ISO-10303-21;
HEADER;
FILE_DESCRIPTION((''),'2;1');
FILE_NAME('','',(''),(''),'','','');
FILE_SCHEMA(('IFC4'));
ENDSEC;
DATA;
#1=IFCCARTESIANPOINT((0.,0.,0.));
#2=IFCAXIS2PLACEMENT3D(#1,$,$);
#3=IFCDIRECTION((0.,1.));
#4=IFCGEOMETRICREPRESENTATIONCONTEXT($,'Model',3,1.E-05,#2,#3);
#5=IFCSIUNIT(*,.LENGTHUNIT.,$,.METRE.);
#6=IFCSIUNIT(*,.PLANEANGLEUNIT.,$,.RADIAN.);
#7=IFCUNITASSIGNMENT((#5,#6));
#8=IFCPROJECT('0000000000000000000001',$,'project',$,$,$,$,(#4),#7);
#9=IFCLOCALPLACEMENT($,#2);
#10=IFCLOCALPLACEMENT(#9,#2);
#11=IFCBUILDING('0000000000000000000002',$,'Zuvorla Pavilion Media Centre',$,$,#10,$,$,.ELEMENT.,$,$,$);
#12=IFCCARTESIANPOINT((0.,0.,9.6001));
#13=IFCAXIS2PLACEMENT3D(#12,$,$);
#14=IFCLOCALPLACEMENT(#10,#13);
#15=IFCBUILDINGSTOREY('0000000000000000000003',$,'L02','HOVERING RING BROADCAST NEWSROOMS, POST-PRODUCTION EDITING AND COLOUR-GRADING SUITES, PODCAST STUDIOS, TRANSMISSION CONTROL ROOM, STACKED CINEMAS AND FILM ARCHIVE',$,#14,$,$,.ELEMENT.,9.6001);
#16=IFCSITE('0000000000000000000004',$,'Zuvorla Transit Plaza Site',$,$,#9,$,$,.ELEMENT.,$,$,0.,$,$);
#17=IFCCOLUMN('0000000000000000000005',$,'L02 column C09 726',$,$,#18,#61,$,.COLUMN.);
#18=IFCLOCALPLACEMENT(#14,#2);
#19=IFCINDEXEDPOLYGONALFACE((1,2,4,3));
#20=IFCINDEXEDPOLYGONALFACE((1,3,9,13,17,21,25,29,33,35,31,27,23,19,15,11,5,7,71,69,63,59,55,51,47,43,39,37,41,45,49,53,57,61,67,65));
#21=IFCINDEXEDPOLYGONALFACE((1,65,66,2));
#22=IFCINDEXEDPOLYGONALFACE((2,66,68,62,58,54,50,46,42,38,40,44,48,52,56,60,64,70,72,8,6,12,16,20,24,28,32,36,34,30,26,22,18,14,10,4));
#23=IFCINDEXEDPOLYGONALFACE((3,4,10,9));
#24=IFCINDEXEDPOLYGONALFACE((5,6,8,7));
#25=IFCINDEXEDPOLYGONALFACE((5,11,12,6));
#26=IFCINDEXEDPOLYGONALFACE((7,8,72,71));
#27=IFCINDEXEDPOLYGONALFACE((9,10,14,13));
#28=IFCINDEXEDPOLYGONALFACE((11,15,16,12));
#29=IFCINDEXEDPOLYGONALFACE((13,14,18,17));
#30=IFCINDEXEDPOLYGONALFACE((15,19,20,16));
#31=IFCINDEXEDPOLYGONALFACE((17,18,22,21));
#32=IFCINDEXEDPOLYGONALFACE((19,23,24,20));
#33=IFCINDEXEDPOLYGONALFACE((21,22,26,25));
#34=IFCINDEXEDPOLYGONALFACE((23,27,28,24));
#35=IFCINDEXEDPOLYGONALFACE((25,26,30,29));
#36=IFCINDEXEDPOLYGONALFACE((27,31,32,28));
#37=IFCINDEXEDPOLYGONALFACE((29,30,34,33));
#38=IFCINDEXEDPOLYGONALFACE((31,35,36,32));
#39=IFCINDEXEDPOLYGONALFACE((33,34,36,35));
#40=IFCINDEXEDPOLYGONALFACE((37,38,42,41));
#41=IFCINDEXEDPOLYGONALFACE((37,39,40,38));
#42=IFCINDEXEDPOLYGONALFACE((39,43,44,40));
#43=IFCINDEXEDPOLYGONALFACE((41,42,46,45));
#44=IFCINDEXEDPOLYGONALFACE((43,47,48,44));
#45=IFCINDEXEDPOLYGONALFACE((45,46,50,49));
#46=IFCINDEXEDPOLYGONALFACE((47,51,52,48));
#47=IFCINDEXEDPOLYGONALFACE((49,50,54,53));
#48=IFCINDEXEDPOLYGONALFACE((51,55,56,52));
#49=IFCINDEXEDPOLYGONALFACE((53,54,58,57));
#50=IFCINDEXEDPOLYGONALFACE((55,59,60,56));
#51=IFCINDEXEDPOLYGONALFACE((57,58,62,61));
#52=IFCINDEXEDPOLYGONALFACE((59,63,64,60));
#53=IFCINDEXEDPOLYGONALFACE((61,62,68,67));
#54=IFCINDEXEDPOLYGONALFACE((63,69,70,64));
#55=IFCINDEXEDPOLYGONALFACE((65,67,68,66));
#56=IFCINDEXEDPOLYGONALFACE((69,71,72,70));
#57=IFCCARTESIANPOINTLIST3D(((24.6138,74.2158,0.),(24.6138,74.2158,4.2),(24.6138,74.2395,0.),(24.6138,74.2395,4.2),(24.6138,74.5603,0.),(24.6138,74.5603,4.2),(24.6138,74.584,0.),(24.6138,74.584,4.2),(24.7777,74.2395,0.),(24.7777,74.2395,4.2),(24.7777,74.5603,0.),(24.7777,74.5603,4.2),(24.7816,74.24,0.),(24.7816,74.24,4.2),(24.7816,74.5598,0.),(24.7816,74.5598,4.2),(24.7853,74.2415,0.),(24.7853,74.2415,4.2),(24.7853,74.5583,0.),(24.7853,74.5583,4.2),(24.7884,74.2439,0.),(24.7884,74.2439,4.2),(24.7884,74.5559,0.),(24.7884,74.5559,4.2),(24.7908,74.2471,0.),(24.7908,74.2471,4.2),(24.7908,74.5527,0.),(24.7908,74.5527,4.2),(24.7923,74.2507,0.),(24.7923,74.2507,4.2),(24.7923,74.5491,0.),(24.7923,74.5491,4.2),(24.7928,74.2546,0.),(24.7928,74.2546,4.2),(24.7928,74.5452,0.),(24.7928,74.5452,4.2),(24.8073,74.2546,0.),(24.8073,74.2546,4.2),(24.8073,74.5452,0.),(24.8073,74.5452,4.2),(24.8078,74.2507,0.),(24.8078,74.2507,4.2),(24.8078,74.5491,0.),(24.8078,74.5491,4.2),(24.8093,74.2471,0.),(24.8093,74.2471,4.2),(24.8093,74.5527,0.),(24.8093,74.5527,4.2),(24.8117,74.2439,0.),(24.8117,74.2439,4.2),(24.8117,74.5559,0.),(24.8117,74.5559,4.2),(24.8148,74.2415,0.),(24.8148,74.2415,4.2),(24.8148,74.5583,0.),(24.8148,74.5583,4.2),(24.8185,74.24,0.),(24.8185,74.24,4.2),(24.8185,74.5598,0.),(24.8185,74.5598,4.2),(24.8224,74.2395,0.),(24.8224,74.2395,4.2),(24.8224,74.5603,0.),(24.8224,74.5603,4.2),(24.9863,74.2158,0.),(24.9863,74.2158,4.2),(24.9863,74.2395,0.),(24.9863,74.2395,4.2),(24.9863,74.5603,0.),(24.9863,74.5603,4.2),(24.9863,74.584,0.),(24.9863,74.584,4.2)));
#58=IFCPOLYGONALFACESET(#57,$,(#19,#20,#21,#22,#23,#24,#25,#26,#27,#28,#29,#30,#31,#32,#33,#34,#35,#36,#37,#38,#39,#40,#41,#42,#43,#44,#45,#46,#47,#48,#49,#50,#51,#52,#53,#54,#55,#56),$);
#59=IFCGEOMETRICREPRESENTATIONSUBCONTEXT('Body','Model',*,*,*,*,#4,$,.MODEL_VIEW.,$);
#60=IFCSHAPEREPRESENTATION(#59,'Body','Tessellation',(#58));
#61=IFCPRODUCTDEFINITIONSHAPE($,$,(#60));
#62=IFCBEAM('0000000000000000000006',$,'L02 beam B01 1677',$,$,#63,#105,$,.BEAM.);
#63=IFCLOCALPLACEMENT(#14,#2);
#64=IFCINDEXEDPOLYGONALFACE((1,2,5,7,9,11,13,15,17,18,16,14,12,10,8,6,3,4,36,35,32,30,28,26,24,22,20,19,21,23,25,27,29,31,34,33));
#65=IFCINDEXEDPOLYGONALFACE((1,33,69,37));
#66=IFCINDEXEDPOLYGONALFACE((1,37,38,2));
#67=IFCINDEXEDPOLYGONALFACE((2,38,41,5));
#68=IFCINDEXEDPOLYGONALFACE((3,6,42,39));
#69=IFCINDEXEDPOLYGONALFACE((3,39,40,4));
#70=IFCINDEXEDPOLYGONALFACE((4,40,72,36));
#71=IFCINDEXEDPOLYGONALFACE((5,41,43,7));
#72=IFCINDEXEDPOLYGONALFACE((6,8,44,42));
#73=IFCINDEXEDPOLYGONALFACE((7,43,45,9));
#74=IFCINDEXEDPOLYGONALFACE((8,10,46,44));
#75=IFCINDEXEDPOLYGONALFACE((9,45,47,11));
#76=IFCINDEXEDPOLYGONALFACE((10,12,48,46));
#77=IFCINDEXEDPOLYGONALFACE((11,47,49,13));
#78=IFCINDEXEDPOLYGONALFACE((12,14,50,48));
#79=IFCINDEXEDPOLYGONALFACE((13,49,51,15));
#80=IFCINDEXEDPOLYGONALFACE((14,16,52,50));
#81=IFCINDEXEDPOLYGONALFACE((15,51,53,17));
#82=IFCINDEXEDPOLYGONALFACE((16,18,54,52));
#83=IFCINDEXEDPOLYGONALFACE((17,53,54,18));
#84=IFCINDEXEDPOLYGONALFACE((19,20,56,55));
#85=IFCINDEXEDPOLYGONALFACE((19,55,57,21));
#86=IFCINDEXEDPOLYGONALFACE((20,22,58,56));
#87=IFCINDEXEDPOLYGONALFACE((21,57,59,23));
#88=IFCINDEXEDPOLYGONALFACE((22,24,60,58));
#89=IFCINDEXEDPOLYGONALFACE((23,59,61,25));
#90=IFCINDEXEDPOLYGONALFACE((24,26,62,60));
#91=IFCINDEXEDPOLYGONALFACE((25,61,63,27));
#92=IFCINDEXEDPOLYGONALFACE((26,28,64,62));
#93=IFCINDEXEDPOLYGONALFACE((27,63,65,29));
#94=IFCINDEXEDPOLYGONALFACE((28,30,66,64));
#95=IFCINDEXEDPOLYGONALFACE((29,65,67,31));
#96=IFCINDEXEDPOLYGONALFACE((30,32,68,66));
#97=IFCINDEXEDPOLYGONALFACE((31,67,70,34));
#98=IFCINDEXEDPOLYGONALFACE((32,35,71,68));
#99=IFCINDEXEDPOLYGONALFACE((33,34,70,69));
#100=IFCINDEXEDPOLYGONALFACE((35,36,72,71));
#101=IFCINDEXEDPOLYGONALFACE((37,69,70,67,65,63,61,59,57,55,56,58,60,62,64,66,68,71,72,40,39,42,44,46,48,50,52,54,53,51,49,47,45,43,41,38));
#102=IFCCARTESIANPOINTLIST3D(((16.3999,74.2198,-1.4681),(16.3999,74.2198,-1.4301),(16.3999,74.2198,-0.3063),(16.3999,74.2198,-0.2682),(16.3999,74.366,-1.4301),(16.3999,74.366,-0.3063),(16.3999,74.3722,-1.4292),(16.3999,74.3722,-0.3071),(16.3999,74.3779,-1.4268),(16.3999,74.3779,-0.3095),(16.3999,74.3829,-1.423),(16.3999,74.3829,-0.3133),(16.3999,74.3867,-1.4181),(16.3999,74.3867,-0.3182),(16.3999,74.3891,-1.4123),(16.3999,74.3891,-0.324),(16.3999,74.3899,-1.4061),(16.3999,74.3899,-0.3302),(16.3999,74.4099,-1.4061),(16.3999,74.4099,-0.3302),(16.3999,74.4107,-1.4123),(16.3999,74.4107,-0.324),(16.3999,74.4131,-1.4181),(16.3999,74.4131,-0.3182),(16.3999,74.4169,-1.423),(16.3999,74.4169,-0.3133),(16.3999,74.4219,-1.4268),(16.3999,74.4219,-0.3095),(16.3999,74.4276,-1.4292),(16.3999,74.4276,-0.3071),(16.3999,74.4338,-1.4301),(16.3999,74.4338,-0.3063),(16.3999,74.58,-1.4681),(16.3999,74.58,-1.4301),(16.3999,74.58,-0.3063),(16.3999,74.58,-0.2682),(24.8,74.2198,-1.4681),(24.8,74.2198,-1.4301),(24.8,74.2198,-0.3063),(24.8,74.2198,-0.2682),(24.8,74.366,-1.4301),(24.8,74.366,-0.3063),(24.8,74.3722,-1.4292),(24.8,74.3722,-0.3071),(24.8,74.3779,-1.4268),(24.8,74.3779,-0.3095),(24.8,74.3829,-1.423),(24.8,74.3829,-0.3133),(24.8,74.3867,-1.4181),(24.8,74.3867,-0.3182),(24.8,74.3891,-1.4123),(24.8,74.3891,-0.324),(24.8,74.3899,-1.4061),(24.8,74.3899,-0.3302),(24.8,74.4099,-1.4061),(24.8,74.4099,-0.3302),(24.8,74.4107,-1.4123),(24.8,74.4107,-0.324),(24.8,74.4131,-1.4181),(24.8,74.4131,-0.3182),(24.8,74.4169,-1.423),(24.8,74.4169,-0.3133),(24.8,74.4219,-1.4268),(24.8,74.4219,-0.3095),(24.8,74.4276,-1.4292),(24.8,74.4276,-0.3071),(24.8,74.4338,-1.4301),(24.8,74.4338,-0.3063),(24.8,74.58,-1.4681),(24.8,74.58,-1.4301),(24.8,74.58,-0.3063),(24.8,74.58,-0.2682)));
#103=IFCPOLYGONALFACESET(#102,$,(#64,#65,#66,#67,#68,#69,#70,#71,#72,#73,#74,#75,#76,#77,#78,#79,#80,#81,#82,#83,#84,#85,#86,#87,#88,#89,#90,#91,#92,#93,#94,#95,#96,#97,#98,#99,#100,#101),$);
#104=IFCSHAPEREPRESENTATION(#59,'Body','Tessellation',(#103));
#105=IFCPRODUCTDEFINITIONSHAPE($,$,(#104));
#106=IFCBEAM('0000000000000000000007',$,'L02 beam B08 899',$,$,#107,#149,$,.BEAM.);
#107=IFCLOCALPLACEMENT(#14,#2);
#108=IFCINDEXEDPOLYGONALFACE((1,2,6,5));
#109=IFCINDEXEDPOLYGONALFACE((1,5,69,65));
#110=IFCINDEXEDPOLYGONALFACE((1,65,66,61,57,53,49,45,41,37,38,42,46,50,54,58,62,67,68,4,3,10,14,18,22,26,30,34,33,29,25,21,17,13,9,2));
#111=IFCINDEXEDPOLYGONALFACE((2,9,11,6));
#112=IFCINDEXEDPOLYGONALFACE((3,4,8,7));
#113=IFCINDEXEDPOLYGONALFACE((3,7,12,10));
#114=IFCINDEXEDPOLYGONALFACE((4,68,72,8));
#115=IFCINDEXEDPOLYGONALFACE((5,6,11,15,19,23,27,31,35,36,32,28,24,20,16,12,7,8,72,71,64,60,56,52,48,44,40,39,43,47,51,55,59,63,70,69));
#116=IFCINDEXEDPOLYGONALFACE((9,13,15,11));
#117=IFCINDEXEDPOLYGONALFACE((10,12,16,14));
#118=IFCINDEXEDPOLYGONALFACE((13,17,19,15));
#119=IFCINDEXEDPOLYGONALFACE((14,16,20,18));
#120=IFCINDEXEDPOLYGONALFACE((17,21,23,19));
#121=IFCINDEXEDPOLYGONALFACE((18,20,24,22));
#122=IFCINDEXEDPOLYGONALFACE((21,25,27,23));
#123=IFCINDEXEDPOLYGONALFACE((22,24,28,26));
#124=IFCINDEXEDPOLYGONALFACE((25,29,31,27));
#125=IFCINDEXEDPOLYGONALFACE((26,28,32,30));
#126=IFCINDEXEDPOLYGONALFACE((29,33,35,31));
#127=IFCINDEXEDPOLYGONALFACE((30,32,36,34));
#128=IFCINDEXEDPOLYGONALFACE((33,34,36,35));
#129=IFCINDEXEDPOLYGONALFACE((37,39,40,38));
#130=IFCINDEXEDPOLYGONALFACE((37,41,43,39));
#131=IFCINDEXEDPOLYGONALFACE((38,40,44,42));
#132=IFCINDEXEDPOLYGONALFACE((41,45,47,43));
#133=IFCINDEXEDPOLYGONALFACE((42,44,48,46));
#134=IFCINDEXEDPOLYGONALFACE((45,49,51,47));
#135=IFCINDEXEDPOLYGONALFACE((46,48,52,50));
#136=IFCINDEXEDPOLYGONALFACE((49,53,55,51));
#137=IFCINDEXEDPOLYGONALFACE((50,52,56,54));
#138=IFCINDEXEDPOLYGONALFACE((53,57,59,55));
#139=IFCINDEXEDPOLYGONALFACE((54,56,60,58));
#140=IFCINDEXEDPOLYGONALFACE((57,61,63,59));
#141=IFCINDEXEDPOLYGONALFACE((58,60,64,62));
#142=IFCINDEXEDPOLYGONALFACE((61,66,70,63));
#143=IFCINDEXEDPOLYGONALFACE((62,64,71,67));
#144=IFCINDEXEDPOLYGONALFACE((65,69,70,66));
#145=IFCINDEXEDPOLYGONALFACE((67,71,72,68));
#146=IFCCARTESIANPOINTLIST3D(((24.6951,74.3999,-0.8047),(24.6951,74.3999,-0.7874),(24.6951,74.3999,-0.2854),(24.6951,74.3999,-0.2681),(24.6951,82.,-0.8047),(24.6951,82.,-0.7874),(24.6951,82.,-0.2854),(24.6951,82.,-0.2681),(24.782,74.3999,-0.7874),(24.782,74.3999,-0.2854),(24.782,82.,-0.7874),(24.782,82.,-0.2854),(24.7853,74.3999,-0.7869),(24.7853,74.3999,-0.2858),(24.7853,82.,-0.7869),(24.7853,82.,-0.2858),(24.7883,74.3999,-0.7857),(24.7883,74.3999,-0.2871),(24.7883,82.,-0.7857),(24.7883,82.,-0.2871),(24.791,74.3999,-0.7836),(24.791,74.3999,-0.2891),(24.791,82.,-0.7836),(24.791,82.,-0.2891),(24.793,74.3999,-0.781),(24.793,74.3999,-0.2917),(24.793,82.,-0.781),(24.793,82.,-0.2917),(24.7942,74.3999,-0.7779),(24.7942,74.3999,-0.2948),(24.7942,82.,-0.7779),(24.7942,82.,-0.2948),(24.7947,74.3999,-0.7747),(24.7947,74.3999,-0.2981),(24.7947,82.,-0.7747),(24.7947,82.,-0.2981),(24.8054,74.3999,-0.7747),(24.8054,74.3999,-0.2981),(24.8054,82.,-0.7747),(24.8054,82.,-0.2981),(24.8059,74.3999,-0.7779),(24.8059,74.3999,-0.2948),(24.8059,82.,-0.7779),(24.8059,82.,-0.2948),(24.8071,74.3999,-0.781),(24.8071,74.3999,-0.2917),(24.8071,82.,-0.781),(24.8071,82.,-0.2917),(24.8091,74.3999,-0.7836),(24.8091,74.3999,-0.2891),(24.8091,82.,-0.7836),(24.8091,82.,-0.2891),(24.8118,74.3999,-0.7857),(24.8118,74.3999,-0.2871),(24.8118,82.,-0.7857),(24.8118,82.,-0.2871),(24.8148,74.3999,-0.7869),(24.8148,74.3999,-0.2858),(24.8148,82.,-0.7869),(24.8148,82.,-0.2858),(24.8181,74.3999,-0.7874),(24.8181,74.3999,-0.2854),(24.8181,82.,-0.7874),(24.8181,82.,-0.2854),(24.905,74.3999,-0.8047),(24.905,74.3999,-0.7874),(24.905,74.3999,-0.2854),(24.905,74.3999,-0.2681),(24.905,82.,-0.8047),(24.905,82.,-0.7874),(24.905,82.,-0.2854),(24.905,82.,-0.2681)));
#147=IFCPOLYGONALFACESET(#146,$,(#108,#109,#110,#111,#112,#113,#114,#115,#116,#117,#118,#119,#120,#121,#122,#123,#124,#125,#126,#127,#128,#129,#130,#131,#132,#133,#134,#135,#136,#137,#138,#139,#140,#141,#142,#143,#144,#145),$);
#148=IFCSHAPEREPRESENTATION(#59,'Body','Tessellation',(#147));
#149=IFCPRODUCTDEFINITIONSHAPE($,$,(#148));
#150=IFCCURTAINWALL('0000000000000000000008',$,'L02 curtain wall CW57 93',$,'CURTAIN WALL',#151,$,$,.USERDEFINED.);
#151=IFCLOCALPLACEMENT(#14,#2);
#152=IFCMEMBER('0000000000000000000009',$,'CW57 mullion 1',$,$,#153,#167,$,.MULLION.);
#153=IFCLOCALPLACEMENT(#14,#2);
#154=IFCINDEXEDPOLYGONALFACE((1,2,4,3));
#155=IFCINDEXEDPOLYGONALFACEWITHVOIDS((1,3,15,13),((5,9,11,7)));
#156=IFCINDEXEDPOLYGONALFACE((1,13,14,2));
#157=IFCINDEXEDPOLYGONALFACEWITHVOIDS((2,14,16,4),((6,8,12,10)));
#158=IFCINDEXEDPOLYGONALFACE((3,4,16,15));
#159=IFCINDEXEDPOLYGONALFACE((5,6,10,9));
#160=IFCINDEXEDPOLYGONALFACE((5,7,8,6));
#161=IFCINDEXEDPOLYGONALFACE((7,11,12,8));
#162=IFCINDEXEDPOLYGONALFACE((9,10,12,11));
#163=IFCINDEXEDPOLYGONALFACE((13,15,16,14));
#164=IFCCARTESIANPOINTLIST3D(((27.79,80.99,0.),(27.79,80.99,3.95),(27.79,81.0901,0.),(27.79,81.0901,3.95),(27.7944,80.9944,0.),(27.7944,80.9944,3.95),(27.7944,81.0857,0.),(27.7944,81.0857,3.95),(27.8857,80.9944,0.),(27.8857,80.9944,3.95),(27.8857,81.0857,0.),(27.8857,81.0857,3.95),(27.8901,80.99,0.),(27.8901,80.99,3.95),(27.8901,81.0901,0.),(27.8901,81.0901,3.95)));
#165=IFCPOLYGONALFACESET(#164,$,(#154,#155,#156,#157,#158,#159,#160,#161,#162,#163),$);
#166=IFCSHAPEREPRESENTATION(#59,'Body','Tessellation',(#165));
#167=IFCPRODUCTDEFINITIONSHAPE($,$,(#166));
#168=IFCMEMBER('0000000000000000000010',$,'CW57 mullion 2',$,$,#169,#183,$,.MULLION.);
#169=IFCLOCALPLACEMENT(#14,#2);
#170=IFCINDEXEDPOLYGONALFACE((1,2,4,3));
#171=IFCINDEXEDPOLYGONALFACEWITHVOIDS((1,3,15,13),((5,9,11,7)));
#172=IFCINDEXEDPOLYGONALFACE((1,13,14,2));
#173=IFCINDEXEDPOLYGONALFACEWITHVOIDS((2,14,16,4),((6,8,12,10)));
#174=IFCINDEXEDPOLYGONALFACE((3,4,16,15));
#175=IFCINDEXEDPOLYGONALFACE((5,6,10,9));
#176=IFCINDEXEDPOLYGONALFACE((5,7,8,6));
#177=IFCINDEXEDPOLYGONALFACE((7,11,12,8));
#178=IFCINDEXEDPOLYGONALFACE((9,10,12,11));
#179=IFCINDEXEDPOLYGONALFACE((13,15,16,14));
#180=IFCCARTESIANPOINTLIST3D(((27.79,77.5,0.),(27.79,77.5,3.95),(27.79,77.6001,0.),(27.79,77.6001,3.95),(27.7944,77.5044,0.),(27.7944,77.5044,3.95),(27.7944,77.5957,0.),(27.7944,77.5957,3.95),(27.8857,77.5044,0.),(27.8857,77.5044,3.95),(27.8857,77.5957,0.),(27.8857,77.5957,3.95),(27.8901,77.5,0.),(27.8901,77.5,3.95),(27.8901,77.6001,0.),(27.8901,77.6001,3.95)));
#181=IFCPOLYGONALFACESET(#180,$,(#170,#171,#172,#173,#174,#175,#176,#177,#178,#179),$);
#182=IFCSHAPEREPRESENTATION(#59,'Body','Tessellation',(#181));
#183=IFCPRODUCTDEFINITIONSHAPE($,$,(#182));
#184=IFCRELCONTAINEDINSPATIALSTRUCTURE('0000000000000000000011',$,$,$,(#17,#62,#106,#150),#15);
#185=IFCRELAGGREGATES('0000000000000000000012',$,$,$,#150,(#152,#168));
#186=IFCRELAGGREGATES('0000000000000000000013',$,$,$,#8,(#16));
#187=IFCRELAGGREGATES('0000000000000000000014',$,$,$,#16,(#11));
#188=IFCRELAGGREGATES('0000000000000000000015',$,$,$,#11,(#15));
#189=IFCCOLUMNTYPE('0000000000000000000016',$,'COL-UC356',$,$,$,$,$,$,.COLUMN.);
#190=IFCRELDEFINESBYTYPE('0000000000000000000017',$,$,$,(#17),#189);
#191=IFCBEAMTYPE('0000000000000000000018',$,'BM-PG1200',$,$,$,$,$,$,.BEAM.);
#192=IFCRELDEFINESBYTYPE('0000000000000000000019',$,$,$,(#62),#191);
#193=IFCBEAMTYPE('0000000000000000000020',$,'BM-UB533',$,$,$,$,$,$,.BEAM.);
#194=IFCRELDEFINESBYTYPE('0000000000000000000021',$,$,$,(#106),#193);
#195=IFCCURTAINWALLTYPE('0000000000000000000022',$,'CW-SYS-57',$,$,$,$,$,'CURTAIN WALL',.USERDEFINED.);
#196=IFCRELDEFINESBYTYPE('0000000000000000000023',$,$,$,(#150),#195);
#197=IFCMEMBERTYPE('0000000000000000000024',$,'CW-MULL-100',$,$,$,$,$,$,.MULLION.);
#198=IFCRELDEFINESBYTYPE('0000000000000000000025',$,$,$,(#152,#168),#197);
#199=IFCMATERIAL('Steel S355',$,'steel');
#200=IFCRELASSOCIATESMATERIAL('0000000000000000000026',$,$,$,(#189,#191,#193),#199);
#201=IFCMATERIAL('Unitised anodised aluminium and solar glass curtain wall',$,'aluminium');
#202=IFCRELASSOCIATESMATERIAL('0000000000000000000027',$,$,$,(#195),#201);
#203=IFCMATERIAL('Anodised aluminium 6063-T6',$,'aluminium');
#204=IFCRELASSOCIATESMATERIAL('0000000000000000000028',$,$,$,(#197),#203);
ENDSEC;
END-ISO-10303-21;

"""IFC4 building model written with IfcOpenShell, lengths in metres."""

from ifc_helpers import new_model, si_unit, direction, frame, origin, origin_2d, place, context, subcontext, project, spatial, hollow_rectangle, i_section, extrude, material, material_profile, profile_set, type_object, element, aggregate, save


model = new_model("IFC4")

# Units and contexts
model_context = context("Model", 3, precision=1e-05, world=origin(), true_north=direction((0.0, 1.0)))
body_context = subcontext(model_context, "Body", "Model", "MODEL_VIEW")
ifc_project = project(units=[si_unit("LENGTHUNIT", "METRE"), si_unit("PLANEANGLEUNIT", "RADIAN")], contexts=[model_context])

# Site, building, storey
site_placement = place(None, origin())
site = spatial("IfcSite", under=ifc_project, at=site_placement, Name="Zuvorla Transit Plaza Site", CompositionType="ELEMENT", RefElevation=0.0)
building_placement = place(site_placement, origin())
building = spatial("IfcBuilding", under=site, at=building_placement, Name="Zuvorla Pavilion Media Centre", CompositionType="ELEMENT")
storey_placement = place(building_placement, frame((0.0, 0.0, 9.6001)))
storey = spatial("IfcBuildingStorey", under=building, at=storey_placement, Name="L02", Description="HOVERING RING BROADCAST NEWSROOMS, POST-PRODUCTION EDITING AND COLOUR-GRADING SUITES, PODCAST STUDIOS, TRANSMISSION CONTROL ROOM, STACKED CINEMAS AND FILM ARCHIVE", CompositionType="ELEMENT", Elevation=9.6001)

# Column
ifc_material_1 = material(Name="Steel S355", Category="steel")
ifc_material_profile_1 = material_profile(ifc_material_1, i_section(OverallWidth=0.3726, OverallDepth=0.3682, WebThickness=0.0144, FlangeThickness=0.0237, FilletRadius=0.0151, at=origin_2d()), Name="UC 356x368x177")
ifc_profile_set_1 = profile_set([ifc_material_profile_1], Name="Steel S355")
column_type = type_object("IfcColumnType", Name="COL-UC356", PredefinedType="COLUMN", material=ifc_profile_set_1)
column_placement = place(storey_placement, frame((24.8, 74.3999, 0.0), z_axis=(0.0, 0.0, 1.0), x_axis=(1.0, 0.0, 0.0)))
element("IfcColumn", 1, at=column_placement, inside=storey, type_object=column_type, Name="L02 column C09 726", PredefinedType="COLUMN", context=body_context, shape_type="SweptSolid", body=[
    extrude(i_section(OverallWidth=0.3726, OverallDepth=0.3682, WebThickness=0.0144, FlangeThickness=0.0237, FilletRadius=0.0151, at=origin_2d()), origin(), (0.0, 0.0, 1.0), 4.2),
])

# Beams
ifc_material_profile_2 = material_profile(ifc_material_1, i_section(OverallWidth=0.3601, OverallDepth=1.2, WebThickness=0.02, FlangeThickness=0.0381, FilletRadius=0.0239, at=origin_2d()), Name="PG 1200x360x38")
ifc_profile_set_2 = profile_set([ifc_material_profile_2], Name="Steel S355")
beam_type_1 = type_object("IfcBeamType", Name="BM-PG1200", PredefinedType="BEAM", material=ifc_profile_set_2)
beam_1_placement = place(storey_placement, frame((24.8, 74.3999, -0.8682), z_axis=(-1.0, 0.0, 0.0), x_axis=(0.0, -1.0, 0.0)))
element("IfcBeam", 2, at=beam_1_placement, inside=storey, type_object=beam_type_1, Name="L02 beam B01 1677", PredefinedType="BEAM", context=body_context, shape_type="SweptSolid", body=[
    extrude(i_section(OverallWidth=0.3601, OverallDepth=1.2, WebThickness=0.02, FlangeThickness=0.0381, FilletRadius=0.0239, at=origin_2d()), origin(), (0.0, 0.0, 1.0), 8.4001),
])
ifc_material_profile_3 = material_profile(ifc_material_1, i_section(OverallWidth=0.21, OverallDepth=0.5366, WebThickness=0.0107, FlangeThickness=0.0173, FilletRadius=0.0127, at=origin_2d()), Name="UB 533x210x101")
ifc_profile_set_3 = profile_set([ifc_material_profile_3], Name="Steel S355")
beam_type_2 = type_object("IfcBeamType", Name="BM-UB533", PredefinedType="BEAM", material=ifc_profile_set_3)
beam_2_placement = place(storey_placement, frame((24.8, 74.3999, -0.5364), z_axis=(0.0, 1.0, 0.0), x_axis=(-1.0, 0.0, 0.0)))
element("IfcBeam", 3, at=beam_2_placement, inside=storey, type_object=beam_type_2, Name="L02 beam B08 899", PredefinedType="BEAM", context=body_context, shape_type="SweptSolid", body=[
    extrude(i_section(OverallWidth=0.21, OverallDepth=0.5366, WebThickness=0.0107, FlangeThickness=0.0173, FilletRadius=0.0127, at=origin_2d()), origin(), (0.0, 0.0, 1.0), 7.6001),
])

# Curtain wall, members
ifc_material_2 = material(Name="Unitised anodised aluminium and solar glass curtain wall", Category="aluminium")
curtain_wall_type_1 = type_object("IfcCurtainWallType", Name="CW-SYS-57", ElementType="CURTAIN WALL", PredefinedType="USERDEFINED", material=ifc_material_2)
curtain_wall_1_placement = place(storey_placement, origin())
curtain_wall_1 = element("IfcCurtainWall", 4, at=curtain_wall_1_placement, inside=storey, type_object=curtain_wall_type_1, Name="L02 curtain wall CW57 93", ObjectType="CURTAIN WALL", PredefinedType="USERDEFINED")
ifc_material_3 = material(Name="Anodised aluminium 6063-T6", Category="aluminium")
ifc_material_profile_4 = material_profile(ifc_material_3, hollow_rectangle(XDim=0.1001, YDim=0.1001, WallThickness=0.0044, at=origin_2d()), Name="ALU MULL 100x100")
ifc_profile_set_4 = profile_set([ifc_material_profile_4], Name="Anodised aluminium 6063-T6")
member_type_1 = type_object("IfcMemberType", Name="CW-MULL-100", PredefinedType="MULLION", material=ifc_profile_set_4)
member_1_placement = place(storey_placement, frame((27.8401, 81.04, 0.0), z_axis=(0.0, 0.0, 1.0), x_axis=(1.0, 0.0, 0.0)))
member_1 = element("IfcMember", 5, at=member_1_placement, type_object=member_type_1, Name="CW57 mullion 1", PredefinedType="MULLION", context=body_context, shape_type="SweptSolid", body=[
    extrude(hollow_rectangle(XDim=0.1001, YDim=0.1001, WallThickness=0.0044, at=origin_2d()), origin(), (0.0, 0.0, 1.0), 3.95),
])
member_2_placement = place(storey_placement, frame((27.8401, 77.55, 0.0), z_axis=(0.0, 0.0, 1.0), x_axis=(1.0, 0.0, 0.0)))
member_2 = element("IfcMember", 6, at=member_2_placement, type_object=member_type_1, Name="CW57 mullion 2", PredefinedType="MULLION", context=body_context, shape_type="SweptSolid", body=[
    extrude(hollow_rectangle(XDim=0.1001, YDim=0.1001, WallThickness=0.0044, at=origin_2d()), origin(), (0.0, 0.0, 1.0), 3.95),
])

aggregate(curtain_wall_1, [member_1, member_2])

save(model, "model.ifc")
